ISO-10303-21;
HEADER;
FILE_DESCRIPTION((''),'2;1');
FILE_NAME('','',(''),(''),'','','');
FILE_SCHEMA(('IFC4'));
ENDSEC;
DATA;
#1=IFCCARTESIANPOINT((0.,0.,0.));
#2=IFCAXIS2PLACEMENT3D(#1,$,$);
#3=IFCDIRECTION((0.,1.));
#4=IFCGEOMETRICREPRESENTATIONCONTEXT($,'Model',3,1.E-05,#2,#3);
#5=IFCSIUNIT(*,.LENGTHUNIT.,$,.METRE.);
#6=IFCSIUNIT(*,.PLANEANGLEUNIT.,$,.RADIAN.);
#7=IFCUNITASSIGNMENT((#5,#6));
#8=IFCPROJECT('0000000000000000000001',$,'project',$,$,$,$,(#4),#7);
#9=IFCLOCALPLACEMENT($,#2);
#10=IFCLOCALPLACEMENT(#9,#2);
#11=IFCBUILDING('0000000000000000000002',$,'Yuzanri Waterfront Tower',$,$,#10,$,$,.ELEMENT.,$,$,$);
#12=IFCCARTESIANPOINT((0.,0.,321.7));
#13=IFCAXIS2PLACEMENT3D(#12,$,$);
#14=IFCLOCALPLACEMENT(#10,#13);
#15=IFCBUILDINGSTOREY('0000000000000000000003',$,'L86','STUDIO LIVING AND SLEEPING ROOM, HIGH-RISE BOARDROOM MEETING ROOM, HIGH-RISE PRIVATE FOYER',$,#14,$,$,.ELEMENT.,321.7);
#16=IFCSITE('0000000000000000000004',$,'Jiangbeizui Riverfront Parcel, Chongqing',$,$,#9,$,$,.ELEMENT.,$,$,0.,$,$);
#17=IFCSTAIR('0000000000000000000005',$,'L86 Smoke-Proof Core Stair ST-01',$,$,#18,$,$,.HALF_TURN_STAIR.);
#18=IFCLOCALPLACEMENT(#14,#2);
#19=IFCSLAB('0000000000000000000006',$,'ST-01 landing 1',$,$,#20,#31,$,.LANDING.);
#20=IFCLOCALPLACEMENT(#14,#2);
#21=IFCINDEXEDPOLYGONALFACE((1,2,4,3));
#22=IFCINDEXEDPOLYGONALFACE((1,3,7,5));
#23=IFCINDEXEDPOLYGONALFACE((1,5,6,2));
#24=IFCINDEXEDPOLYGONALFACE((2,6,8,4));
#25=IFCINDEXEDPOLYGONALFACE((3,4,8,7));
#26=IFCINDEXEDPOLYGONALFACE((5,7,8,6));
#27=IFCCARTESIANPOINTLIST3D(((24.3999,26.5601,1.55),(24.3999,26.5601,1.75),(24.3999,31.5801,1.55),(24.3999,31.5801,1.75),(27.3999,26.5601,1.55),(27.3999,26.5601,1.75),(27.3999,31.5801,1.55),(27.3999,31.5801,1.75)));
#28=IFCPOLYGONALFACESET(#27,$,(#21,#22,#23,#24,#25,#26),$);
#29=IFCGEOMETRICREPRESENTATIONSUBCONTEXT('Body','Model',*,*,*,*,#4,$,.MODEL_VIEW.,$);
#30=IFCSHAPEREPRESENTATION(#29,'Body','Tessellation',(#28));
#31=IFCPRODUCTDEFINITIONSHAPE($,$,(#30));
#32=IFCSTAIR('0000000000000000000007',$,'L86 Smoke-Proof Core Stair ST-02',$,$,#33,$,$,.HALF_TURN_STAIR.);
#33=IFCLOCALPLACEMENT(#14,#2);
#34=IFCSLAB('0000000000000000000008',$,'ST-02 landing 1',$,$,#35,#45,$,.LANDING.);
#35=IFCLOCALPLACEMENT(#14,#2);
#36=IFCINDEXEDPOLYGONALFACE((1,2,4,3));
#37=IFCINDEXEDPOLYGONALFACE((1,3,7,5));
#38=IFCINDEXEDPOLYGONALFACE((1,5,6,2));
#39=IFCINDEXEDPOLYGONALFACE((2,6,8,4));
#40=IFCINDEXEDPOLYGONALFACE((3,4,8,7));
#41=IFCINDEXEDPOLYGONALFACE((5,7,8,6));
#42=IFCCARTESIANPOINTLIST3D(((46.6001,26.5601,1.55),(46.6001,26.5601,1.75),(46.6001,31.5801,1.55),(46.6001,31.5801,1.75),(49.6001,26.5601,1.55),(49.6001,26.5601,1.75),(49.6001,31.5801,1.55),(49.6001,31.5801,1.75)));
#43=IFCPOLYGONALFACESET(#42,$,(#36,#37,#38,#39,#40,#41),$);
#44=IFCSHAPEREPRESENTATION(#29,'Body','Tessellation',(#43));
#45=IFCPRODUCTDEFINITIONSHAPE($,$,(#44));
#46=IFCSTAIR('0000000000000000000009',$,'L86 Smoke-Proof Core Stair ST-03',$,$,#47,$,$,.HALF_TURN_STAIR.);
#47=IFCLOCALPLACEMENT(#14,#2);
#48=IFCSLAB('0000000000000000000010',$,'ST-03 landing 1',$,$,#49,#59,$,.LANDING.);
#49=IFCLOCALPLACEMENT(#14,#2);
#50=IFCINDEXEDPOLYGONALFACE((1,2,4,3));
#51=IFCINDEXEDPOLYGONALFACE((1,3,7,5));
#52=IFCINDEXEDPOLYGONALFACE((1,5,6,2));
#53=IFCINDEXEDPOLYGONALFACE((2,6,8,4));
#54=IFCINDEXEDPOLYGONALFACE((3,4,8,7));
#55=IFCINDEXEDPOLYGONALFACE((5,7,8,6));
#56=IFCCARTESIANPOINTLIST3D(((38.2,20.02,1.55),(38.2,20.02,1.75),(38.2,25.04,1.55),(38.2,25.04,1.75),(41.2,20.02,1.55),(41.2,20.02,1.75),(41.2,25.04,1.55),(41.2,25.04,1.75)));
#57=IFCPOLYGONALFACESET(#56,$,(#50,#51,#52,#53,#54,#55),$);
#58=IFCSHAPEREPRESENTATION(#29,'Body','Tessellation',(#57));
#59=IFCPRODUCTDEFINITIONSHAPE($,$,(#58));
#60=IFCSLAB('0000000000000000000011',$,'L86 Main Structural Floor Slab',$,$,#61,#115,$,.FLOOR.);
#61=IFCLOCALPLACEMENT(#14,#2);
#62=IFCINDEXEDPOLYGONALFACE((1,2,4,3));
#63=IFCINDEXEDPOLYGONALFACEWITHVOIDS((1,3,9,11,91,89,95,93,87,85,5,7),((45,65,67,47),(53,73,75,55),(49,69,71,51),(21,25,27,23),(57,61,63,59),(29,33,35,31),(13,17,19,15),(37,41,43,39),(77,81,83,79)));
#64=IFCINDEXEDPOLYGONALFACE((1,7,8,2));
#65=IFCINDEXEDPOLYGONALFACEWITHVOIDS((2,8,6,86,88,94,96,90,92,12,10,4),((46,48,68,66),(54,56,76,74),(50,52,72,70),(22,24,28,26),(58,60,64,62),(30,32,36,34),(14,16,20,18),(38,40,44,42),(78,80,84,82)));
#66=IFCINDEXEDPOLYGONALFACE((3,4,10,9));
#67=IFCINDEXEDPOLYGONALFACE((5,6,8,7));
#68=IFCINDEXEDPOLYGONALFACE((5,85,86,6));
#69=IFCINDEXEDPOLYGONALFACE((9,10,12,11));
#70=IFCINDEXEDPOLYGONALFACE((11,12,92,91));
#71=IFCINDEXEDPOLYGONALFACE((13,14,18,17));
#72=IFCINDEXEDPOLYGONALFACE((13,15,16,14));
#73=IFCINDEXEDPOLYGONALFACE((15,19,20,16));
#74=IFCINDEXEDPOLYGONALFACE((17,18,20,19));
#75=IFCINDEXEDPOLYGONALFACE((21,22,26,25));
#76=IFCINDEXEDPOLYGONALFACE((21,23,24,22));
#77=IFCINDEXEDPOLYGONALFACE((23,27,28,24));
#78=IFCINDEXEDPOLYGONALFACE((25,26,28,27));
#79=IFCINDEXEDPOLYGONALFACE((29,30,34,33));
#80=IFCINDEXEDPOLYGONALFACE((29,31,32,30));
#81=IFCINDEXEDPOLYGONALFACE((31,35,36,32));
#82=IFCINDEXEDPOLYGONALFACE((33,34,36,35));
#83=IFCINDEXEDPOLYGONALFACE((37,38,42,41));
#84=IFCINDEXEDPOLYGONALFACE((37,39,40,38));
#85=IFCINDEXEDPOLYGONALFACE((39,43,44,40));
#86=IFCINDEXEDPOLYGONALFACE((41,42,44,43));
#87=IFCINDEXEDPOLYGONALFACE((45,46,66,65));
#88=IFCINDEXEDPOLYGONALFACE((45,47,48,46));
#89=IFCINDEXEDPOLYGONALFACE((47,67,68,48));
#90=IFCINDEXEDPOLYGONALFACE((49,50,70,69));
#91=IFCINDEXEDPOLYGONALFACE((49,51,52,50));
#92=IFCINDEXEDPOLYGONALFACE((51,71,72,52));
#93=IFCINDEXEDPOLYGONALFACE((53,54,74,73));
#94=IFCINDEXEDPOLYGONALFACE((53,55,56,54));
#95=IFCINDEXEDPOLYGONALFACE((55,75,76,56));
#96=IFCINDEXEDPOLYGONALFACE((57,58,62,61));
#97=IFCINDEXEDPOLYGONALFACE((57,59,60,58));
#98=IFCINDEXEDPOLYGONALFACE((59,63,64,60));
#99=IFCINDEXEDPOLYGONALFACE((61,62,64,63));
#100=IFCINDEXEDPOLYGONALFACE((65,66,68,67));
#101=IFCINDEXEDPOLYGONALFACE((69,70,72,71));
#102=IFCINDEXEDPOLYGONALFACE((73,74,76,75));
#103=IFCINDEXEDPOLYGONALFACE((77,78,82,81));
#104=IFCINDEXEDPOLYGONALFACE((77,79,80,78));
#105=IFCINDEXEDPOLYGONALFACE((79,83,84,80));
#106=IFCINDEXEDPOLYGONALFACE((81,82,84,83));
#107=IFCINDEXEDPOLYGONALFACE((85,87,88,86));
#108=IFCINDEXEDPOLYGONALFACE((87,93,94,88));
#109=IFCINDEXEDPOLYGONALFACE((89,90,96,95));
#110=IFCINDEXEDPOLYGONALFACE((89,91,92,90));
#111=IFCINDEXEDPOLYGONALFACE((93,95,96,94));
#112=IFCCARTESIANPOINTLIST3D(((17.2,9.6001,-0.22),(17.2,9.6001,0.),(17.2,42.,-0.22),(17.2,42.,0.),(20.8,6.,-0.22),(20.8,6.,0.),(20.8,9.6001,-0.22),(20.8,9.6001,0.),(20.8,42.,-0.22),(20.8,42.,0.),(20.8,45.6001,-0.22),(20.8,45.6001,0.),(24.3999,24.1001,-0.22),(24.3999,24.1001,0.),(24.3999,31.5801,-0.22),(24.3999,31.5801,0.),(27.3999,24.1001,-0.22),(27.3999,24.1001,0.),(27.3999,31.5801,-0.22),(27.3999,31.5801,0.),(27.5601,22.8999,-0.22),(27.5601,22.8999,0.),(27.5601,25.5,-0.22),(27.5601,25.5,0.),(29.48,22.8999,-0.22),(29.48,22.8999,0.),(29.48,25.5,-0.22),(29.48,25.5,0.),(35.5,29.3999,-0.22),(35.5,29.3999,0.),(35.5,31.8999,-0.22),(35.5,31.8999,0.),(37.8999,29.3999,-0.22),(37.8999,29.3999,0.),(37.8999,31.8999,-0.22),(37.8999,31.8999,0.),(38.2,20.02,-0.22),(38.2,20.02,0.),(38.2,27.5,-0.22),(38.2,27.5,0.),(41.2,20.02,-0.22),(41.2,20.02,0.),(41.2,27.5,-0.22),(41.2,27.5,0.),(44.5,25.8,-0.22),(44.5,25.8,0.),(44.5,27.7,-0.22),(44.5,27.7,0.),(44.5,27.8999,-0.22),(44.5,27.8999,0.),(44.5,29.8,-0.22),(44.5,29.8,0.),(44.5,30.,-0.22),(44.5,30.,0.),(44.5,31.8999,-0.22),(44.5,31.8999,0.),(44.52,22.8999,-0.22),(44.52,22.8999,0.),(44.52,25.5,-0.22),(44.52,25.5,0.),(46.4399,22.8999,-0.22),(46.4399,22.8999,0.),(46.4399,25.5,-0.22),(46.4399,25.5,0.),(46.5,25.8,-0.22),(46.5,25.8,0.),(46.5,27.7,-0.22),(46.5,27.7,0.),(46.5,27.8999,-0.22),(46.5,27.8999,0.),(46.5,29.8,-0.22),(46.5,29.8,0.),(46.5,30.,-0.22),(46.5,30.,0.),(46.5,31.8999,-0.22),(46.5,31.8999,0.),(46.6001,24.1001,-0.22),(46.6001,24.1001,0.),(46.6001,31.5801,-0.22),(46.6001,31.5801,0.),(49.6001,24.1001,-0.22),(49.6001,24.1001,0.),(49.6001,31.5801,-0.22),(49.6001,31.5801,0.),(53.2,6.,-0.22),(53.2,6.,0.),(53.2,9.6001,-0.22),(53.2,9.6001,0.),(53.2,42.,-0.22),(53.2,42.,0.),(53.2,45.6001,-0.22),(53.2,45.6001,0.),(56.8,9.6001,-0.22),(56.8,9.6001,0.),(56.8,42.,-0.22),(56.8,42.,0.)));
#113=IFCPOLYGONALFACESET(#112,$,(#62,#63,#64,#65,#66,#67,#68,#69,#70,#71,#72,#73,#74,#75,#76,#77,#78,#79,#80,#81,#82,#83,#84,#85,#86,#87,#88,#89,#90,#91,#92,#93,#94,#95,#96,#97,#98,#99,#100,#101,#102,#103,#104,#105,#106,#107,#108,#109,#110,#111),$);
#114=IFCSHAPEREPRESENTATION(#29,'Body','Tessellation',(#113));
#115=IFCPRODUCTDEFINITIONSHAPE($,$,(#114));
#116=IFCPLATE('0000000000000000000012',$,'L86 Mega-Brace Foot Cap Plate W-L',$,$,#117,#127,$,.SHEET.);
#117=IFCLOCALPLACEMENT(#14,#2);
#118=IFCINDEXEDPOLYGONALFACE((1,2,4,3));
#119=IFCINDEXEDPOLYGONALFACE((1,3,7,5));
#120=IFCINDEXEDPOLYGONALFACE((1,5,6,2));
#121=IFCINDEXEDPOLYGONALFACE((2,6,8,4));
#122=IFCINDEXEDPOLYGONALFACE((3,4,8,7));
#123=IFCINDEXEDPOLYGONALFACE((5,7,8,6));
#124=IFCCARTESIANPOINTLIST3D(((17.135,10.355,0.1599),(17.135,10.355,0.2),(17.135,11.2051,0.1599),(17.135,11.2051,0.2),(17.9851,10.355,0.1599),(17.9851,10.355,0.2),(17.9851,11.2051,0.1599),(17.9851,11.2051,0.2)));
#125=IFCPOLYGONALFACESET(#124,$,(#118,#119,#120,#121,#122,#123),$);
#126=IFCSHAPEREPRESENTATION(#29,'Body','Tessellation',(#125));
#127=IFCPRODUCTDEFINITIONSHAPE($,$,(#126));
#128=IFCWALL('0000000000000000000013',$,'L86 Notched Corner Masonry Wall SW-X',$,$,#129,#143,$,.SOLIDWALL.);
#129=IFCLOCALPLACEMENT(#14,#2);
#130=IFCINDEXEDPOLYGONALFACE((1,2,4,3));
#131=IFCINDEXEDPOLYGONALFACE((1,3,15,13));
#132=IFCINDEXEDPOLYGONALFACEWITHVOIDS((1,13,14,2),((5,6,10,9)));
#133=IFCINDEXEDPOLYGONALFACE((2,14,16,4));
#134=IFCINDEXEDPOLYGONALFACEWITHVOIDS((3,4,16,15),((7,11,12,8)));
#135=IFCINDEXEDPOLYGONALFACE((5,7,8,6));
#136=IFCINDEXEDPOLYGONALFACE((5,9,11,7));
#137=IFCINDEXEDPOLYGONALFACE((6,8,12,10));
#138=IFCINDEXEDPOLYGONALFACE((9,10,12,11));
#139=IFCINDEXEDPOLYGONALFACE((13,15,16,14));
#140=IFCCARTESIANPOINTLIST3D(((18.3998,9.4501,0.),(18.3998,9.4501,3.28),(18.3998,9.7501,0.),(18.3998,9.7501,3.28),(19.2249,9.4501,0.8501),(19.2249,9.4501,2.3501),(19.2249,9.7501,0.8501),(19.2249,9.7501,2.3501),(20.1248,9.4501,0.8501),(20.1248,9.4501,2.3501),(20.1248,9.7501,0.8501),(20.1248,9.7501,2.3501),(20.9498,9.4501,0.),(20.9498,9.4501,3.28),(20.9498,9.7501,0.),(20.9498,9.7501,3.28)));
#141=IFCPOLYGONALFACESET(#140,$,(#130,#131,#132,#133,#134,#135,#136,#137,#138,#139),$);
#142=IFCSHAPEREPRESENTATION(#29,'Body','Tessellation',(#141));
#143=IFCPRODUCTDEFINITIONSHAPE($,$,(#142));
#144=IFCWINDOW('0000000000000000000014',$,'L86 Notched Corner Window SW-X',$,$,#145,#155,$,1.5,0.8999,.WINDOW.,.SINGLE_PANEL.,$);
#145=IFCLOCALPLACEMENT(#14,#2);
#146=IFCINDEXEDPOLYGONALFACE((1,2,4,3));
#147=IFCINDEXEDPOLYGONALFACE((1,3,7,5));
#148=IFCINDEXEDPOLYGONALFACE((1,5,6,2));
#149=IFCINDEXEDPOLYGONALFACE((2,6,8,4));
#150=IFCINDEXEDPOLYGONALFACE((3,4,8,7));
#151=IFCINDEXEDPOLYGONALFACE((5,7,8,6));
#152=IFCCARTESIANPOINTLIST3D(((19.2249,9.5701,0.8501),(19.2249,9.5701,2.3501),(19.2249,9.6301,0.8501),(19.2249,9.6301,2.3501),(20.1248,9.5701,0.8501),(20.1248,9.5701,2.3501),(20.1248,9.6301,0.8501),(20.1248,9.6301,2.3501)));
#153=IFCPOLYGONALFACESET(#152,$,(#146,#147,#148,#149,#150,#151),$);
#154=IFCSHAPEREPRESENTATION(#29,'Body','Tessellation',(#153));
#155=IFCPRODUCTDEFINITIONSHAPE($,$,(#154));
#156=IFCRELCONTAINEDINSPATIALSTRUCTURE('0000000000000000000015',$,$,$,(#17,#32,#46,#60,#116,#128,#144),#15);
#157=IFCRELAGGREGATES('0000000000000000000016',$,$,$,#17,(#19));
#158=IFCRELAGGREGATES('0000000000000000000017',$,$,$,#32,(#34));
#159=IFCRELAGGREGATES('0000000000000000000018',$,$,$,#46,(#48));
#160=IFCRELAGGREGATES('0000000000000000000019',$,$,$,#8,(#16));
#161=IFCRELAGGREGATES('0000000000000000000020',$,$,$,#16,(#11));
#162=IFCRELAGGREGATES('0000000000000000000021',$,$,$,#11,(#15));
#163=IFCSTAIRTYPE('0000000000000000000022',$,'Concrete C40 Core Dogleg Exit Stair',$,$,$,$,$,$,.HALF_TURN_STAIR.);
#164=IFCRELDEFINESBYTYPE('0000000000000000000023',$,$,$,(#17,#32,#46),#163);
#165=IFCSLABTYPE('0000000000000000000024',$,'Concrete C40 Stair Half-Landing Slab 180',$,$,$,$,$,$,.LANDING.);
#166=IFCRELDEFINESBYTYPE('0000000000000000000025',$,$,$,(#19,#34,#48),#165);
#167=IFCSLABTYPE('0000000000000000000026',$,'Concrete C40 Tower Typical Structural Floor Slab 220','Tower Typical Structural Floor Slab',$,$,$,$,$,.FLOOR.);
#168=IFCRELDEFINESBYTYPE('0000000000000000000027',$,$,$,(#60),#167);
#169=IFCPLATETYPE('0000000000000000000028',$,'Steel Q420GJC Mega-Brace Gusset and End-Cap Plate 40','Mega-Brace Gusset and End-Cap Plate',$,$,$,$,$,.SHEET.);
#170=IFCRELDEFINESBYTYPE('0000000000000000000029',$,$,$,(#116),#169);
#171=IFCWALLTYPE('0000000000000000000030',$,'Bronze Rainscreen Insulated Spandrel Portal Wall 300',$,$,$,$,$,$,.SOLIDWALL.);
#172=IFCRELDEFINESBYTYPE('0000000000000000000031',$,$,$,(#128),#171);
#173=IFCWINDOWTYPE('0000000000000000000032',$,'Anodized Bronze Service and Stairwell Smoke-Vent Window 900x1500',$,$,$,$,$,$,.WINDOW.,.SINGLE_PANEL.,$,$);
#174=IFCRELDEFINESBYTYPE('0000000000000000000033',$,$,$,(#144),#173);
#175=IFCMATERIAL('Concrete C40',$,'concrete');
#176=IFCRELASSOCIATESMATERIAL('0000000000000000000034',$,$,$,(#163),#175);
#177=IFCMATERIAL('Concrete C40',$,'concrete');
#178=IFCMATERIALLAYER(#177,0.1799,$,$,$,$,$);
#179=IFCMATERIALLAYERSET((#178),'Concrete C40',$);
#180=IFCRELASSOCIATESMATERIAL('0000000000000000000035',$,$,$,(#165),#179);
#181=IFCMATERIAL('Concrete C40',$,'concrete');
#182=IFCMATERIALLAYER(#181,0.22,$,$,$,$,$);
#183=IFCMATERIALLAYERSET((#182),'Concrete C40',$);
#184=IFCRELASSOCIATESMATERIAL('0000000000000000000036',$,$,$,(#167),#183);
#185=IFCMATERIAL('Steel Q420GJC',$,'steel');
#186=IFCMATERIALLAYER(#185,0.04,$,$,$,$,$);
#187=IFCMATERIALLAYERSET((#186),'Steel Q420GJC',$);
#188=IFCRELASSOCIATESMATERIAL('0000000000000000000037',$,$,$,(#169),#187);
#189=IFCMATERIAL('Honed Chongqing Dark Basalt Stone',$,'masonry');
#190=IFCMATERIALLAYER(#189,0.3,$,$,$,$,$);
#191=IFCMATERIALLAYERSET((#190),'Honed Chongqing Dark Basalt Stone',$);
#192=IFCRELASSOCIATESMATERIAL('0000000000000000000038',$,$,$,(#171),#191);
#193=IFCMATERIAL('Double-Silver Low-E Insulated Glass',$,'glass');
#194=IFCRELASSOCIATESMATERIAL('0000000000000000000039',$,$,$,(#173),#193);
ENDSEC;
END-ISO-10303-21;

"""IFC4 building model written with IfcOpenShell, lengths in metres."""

from ifc_helpers import new_model, si_unit, direction, frame, frame_2d, origin, origin_2d, place, context, subcontext, project, spatial, polyline, rectangle, outline, extrude, source, transform, mapped, material, layer, layer_set, type_object, element, fill, aggregate, save


model = new_model("IFC4")

# Units and contexts
model_context = context("Model", 3, precision=1e-05, world=origin(), true_north=direction((0.0, 1.0)))
body_context = subcontext(model_context, "Body", "Model", "MODEL_VIEW")
ifc_project = project(units=[si_unit("LENGTHUNIT", "METRE"), si_unit("PLANEANGLEUNIT", "RADIAN")], contexts=[model_context])

# Site, building, storey
site_placement = place(None, origin())
site = spatial("IfcSite", under=ifc_project, at=site_placement, Name="Jiangbeizui Riverfront Parcel, Chongqing", CompositionType="ELEMENT", RefElevation=0.0)
building_placement = place(site_placement, origin())
building = spatial("IfcBuilding", under=site, at=building_placement, Name="Yuzanri Waterfront Tower", CompositionType="ELEMENT")
storey_placement = place(building_placement, frame((0.0, 0.0, 321.7)))
storey = spatial("IfcBuildingStorey", under=building, at=storey_placement, Name="L86", Description="STUDIO LIVING AND SLEEPING ROOM, HIGH-RISE BOARDROOM MEETING ROOM, HIGH-RISE PRIVATE FOYER", CompositionType="ELEMENT", Elevation=321.7)

# Stairs, slabs
ifc_material_1 = material(Name="Concrete C40", Category="concrete")
stair_type = type_object("IfcStairType", Name="Concrete C40 Core Dogleg Exit Stair", PredefinedType="HALF_TURN_STAIR", material=ifc_material_1)
stair_1_placement = place(storey_placement, origin())
stair_1 = element("IfcStair", 1, at=stair_1_placement, inside=storey, type_object=stair_type, Name="L86 Smoke-Proof Core Stair ST-01", PredefinedType="HALF_TURN_STAIR")
ifc_material_2 = material(Name="Concrete C40", Category="concrete")
ifc_layer_1 = layer(ifc_material_2, 0.1799)
ifc_layer_set_1 = layer_set([ifc_layer_1], Name="Concrete C40")
slab_type_1 = type_object("IfcSlabType", Name="Concrete C40 Stair Half-Landing Slab 180", PredefinedType="LANDING", material=ifc_layer_set_1)
slab_1_placement = place(storey_placement, frame((0.0, 0.0, 1.55)))
slab_1 = element("IfcSlab", 2, at=slab_1_placement, type_object=slab_type_1, Name="ST-01 landing 1", PredefinedType="LANDING", context=body_context, shape_type="SweptSolid", body=[
    extrude(outline(polyline([(27.3999, 26.5601), (27.3999, 31.5801), (24.3999, 31.5801), (24.3999, 26.5601), (27.3999, 26.5601)])), origin(), (0.0, 0.0, 1.0), 0.2),
])
aggregate(stair_1, [slab_1])
stair_2_placement = place(storey_placement, origin())
stair_2 = element("IfcStair", 3, at=stair_2_placement, inside=storey, type_object=stair_type, Name="L86 Smoke-Proof Core Stair ST-02", PredefinedType="HALF_TURN_STAIR")
slab_2_placement = place(storey_placement, frame((0.0, 0.0, 1.55)))
slab_2 = element("IfcSlab", 4, at=slab_2_placement, type_object=slab_type_1, Name="ST-02 landing 1", PredefinedType="LANDING", context=body_context, shape_type="SweptSolid", body=[
    extrude(outline(polyline([(49.6001, 26.5601), (49.6001, 31.5801), (46.6001, 31.5801), (46.6001, 26.5601), (49.6001, 26.5601)])), origin(), (0.0, 0.0, 1.0), 0.2),
])
aggregate(stair_2, [slab_2])
stair_3_placement = place(storey_placement, origin())
stair_3 = element("IfcStair", 5, at=stair_3_placement, inside=storey, type_object=stair_type, Name="L86 Smoke-Proof Core Stair ST-03", PredefinedType="HALF_TURN_STAIR")
slab_3_placement = place(storey_placement, frame((0.0, 0.0, 1.55)))
slab_3 = element("IfcSlab", 6, at=slab_3_placement, type_object=slab_type_1, Name="ST-03 landing 1", PredefinedType="LANDING", context=body_context, shape_type="SweptSolid", body=[
    extrude(outline(polyline([(38.2, 25.04), (38.2, 20.02), (41.2, 20.02), (41.2, 25.04), (38.2, 25.04)])), origin(), (0.0, 0.0, 1.0), 0.2),
])
aggregate(stair_3, [slab_3])

# Slab
ifc_material_3 = material(Name="Concrete C40", Category="concrete")
ifc_layer_2 = layer(ifc_material_3, 0.22)
ifc_layer_set_2 = layer_set([ifc_layer_2], Name="Concrete C40")
slab_type_2 = type_object("IfcSlabType", Name="Concrete C40 Tower Typical Structural Floor Slab 220", Description="Tower Typical Structural Floor Slab", PredefinedType="FLOOR", material=ifc_layer_set_2)
slab_4_placement = place(storey_placement, frame((0.0, 0.0, -0.22)))
element("IfcSlab", 7, at=slab_4_placement, inside=storey, type_object=slab_type_2, Name="L86 Main Structural Floor Slab", PredefinedType="FLOOR", context=body_context, shape_type="SweptSolid", body=[
    extrude(outline(polyline([(20.8, 6.0), (53.2, 6.0), (53.2, 9.6001), (56.8, 9.6001), (56.8, 42.0), (53.2, 42.0), (53.2, 45.6001), (20.8, 45.6001), (20.8, 42.0), (17.2, 42.0), (17.2, 9.6001), (20.8, 9.6001), (20.8, 6.0)]), holes=[polyline([(27.3999, 24.1001), (27.3999, 31.5801), (24.3999, 31.5801), (24.3999, 24.1001), (27.3999, 24.1001)]), polyline([(49.6001, 24.1001), (49.6001, 31.5801), (46.6001, 31.5801), (46.6001, 24.1001), (49.6001, 24.1001)]), polyline([(38.2, 27.5), (38.2, 20.02), (41.2, 20.02), (41.2, 27.5), (38.2, 27.5)]), polyline([(27.5601, 22.8999), (29.48, 22.8999), (29.48, 25.5), (27.5601, 25.5), (27.5601, 22.8999)]), polyline([(44.52, 22.8999), (46.4399, 22.8999), (46.4399, 25.5), (44.52, 25.5), (44.52, 22.8999)]), polyline([(35.5, 29.3999), (37.8999, 29.3999), (37.8999, 31.8999), (35.5, 31.8999), (35.5, 29.3999)]), polyline([(44.5, 25.8), (46.5, 25.8), (46.5, 27.7), (44.5, 27.7), (44.5, 25.8)]), polyline([(44.5, 27.8999), (46.5, 27.8999), (46.5, 29.8), (44.5, 29.8), (44.5, 27.8999)]), polyline([(44.5, 30.0), (46.5, 30.0), (46.5, 31.8999), (44.5, 31.8999), (44.5, 30.0)])]), origin(), (0.0, 0.0, 1.0), 0.22),
])

# Plate
ifc_material_4 = material(Name="Steel Q420GJC", Category="steel")
ifc_layer_3 = layer(ifc_material_4, 0.04)
ifc_layer_set_3 = layer_set([ifc_layer_3], Name="Steel Q420GJC")
plate_type = type_object("IfcPlateType", Name="Steel Q420GJC Mega-Brace Gusset and End-Cap Plate 40", Description="Mega-Brace Gusset and End-Cap Plate", PredefinedType="SHEET", material=ifc_layer_set_3)
shared_shape_1 = source(origin(), body_context, "Body", "SweptSolid", [
    extrude(rectangle(XDim=0.8501, YDim=0.8501, at=origin_2d()), origin(), (0.0, 0.0, 1.0), 0.04),
])
plate_placement = place(storey_placement, frame((17.5601, 10.78, 0.1599), z_axis=(0.0, 0.0, 1.0), x_axis=(1.0, 0.0, 0.0)))
element("IfcPlate", 8, at=plate_placement, inside=storey, type_object=plate_type, Name="L86 Mega-Brace Foot Cap Plate W-L", PredefinedType="SHEET", context=body_context, shape_type="MappedRepresentation", body=[
    mapped(shared_shape_1, transform((0.0, 0.0, 0.0), scale=1.0)),
])

# Wall, opening, window
ifc_material_5 = material(Name="Honed Chongqing Dark Basalt Stone", Category="masonry")
ifc_layer_4 = layer(ifc_material_5, 0.3)
ifc_layer_set_4 = layer_set([ifc_layer_4], Name="Honed Chongqing Dark Basalt Stone")
wall_type_1 = type_object("IfcWallType", Name="Bronze Rainscreen Insulated Spandrel Portal Wall 300", PredefinedType="SOLIDWALL", material=ifc_layer_set_4)
wall_1_placement = place(storey_placement, frame((18.3999, 9.6001, 0.0), z_axis=(0.0, 0.0, 1.0), x_axis=(1.0, 0.0, 0.0)))
wall_1 = element("IfcWall", 9, at=wall_1_placement, inside=storey, type_object=wall_type_1, Name="L86 Notched Corner Masonry Wall SW-X", PredefinedType="SOLIDWALL", context=body_context, shape_type="SweptSolid", body=[
    extrude(rectangle(XDim=2.55, YDim=0.3, at=frame_2d((1.2749, 0.0))), origin(), (0.0, 0.0, 1.0), 3.28),
])
opening_1_placement = place(wall_1_placement, frame((0.825, 0.0, 0.8501)))
opening_1 = element("IfcOpeningElement", 10, at=opening_1_placement, cuts=wall_1, PredefinedType="OPENING", context=body_context, shape_type="SweptSolid", body=[
    extrude(rectangle(XDim=0.8999, YDim=1.5, at=frame_2d((0.45, 0.75))), frame((0.0, 0.165, 0.0), z_axis=(0.0, -1.0, 0.0), x_axis=(1.0, 0.0, 0.0)), (0.0, 0.0, 1.0), 0.3298),
])
ifc_material_6 = material(Name="Double-Silver Low-E Insulated Glass", Category="glass")
window_type_1 = type_object("IfcWindowType", Name="Anodized Bronze Service and Stairwell Smoke-Vent Window 900x1500", PartitioningType="SINGLE_PANEL", PredefinedType="WINDOW", material=ifc_material_6)
shared_shape_2 = source(origin(), body_context, "Body", "SweptSolid", [
    extrude(rectangle(XDim=0.8999, YDim=1.5, at=frame_2d((0.45, 0.75))), frame((0.0, 0.03, 0.0), z_axis=(0.0, -1.0, 0.0), x_axis=(1.0, 0.0, 0.0)), (0.0, 0.0, 1.0), 0.0601),
])
window_1_placement = place(opening_1_placement, origin())
window_1 = element("IfcWindow", 11, at=window_1_placement, inside=storey, type_object=window_type_1, Name="L86 Notched Corner Window SW-X", OverallHeight=1.5, OverallWidth=0.8999, PartitioningType="SINGLE_PANEL", PredefinedType="WINDOW", context=body_context, shape_type="MappedRepresentation", body=[
    mapped(shared_shape_2, transform((0.0, 0.0, 0.0), scale=1.0)),
])
fill(opening_1, window_1)

save(model, "model.ifc")
